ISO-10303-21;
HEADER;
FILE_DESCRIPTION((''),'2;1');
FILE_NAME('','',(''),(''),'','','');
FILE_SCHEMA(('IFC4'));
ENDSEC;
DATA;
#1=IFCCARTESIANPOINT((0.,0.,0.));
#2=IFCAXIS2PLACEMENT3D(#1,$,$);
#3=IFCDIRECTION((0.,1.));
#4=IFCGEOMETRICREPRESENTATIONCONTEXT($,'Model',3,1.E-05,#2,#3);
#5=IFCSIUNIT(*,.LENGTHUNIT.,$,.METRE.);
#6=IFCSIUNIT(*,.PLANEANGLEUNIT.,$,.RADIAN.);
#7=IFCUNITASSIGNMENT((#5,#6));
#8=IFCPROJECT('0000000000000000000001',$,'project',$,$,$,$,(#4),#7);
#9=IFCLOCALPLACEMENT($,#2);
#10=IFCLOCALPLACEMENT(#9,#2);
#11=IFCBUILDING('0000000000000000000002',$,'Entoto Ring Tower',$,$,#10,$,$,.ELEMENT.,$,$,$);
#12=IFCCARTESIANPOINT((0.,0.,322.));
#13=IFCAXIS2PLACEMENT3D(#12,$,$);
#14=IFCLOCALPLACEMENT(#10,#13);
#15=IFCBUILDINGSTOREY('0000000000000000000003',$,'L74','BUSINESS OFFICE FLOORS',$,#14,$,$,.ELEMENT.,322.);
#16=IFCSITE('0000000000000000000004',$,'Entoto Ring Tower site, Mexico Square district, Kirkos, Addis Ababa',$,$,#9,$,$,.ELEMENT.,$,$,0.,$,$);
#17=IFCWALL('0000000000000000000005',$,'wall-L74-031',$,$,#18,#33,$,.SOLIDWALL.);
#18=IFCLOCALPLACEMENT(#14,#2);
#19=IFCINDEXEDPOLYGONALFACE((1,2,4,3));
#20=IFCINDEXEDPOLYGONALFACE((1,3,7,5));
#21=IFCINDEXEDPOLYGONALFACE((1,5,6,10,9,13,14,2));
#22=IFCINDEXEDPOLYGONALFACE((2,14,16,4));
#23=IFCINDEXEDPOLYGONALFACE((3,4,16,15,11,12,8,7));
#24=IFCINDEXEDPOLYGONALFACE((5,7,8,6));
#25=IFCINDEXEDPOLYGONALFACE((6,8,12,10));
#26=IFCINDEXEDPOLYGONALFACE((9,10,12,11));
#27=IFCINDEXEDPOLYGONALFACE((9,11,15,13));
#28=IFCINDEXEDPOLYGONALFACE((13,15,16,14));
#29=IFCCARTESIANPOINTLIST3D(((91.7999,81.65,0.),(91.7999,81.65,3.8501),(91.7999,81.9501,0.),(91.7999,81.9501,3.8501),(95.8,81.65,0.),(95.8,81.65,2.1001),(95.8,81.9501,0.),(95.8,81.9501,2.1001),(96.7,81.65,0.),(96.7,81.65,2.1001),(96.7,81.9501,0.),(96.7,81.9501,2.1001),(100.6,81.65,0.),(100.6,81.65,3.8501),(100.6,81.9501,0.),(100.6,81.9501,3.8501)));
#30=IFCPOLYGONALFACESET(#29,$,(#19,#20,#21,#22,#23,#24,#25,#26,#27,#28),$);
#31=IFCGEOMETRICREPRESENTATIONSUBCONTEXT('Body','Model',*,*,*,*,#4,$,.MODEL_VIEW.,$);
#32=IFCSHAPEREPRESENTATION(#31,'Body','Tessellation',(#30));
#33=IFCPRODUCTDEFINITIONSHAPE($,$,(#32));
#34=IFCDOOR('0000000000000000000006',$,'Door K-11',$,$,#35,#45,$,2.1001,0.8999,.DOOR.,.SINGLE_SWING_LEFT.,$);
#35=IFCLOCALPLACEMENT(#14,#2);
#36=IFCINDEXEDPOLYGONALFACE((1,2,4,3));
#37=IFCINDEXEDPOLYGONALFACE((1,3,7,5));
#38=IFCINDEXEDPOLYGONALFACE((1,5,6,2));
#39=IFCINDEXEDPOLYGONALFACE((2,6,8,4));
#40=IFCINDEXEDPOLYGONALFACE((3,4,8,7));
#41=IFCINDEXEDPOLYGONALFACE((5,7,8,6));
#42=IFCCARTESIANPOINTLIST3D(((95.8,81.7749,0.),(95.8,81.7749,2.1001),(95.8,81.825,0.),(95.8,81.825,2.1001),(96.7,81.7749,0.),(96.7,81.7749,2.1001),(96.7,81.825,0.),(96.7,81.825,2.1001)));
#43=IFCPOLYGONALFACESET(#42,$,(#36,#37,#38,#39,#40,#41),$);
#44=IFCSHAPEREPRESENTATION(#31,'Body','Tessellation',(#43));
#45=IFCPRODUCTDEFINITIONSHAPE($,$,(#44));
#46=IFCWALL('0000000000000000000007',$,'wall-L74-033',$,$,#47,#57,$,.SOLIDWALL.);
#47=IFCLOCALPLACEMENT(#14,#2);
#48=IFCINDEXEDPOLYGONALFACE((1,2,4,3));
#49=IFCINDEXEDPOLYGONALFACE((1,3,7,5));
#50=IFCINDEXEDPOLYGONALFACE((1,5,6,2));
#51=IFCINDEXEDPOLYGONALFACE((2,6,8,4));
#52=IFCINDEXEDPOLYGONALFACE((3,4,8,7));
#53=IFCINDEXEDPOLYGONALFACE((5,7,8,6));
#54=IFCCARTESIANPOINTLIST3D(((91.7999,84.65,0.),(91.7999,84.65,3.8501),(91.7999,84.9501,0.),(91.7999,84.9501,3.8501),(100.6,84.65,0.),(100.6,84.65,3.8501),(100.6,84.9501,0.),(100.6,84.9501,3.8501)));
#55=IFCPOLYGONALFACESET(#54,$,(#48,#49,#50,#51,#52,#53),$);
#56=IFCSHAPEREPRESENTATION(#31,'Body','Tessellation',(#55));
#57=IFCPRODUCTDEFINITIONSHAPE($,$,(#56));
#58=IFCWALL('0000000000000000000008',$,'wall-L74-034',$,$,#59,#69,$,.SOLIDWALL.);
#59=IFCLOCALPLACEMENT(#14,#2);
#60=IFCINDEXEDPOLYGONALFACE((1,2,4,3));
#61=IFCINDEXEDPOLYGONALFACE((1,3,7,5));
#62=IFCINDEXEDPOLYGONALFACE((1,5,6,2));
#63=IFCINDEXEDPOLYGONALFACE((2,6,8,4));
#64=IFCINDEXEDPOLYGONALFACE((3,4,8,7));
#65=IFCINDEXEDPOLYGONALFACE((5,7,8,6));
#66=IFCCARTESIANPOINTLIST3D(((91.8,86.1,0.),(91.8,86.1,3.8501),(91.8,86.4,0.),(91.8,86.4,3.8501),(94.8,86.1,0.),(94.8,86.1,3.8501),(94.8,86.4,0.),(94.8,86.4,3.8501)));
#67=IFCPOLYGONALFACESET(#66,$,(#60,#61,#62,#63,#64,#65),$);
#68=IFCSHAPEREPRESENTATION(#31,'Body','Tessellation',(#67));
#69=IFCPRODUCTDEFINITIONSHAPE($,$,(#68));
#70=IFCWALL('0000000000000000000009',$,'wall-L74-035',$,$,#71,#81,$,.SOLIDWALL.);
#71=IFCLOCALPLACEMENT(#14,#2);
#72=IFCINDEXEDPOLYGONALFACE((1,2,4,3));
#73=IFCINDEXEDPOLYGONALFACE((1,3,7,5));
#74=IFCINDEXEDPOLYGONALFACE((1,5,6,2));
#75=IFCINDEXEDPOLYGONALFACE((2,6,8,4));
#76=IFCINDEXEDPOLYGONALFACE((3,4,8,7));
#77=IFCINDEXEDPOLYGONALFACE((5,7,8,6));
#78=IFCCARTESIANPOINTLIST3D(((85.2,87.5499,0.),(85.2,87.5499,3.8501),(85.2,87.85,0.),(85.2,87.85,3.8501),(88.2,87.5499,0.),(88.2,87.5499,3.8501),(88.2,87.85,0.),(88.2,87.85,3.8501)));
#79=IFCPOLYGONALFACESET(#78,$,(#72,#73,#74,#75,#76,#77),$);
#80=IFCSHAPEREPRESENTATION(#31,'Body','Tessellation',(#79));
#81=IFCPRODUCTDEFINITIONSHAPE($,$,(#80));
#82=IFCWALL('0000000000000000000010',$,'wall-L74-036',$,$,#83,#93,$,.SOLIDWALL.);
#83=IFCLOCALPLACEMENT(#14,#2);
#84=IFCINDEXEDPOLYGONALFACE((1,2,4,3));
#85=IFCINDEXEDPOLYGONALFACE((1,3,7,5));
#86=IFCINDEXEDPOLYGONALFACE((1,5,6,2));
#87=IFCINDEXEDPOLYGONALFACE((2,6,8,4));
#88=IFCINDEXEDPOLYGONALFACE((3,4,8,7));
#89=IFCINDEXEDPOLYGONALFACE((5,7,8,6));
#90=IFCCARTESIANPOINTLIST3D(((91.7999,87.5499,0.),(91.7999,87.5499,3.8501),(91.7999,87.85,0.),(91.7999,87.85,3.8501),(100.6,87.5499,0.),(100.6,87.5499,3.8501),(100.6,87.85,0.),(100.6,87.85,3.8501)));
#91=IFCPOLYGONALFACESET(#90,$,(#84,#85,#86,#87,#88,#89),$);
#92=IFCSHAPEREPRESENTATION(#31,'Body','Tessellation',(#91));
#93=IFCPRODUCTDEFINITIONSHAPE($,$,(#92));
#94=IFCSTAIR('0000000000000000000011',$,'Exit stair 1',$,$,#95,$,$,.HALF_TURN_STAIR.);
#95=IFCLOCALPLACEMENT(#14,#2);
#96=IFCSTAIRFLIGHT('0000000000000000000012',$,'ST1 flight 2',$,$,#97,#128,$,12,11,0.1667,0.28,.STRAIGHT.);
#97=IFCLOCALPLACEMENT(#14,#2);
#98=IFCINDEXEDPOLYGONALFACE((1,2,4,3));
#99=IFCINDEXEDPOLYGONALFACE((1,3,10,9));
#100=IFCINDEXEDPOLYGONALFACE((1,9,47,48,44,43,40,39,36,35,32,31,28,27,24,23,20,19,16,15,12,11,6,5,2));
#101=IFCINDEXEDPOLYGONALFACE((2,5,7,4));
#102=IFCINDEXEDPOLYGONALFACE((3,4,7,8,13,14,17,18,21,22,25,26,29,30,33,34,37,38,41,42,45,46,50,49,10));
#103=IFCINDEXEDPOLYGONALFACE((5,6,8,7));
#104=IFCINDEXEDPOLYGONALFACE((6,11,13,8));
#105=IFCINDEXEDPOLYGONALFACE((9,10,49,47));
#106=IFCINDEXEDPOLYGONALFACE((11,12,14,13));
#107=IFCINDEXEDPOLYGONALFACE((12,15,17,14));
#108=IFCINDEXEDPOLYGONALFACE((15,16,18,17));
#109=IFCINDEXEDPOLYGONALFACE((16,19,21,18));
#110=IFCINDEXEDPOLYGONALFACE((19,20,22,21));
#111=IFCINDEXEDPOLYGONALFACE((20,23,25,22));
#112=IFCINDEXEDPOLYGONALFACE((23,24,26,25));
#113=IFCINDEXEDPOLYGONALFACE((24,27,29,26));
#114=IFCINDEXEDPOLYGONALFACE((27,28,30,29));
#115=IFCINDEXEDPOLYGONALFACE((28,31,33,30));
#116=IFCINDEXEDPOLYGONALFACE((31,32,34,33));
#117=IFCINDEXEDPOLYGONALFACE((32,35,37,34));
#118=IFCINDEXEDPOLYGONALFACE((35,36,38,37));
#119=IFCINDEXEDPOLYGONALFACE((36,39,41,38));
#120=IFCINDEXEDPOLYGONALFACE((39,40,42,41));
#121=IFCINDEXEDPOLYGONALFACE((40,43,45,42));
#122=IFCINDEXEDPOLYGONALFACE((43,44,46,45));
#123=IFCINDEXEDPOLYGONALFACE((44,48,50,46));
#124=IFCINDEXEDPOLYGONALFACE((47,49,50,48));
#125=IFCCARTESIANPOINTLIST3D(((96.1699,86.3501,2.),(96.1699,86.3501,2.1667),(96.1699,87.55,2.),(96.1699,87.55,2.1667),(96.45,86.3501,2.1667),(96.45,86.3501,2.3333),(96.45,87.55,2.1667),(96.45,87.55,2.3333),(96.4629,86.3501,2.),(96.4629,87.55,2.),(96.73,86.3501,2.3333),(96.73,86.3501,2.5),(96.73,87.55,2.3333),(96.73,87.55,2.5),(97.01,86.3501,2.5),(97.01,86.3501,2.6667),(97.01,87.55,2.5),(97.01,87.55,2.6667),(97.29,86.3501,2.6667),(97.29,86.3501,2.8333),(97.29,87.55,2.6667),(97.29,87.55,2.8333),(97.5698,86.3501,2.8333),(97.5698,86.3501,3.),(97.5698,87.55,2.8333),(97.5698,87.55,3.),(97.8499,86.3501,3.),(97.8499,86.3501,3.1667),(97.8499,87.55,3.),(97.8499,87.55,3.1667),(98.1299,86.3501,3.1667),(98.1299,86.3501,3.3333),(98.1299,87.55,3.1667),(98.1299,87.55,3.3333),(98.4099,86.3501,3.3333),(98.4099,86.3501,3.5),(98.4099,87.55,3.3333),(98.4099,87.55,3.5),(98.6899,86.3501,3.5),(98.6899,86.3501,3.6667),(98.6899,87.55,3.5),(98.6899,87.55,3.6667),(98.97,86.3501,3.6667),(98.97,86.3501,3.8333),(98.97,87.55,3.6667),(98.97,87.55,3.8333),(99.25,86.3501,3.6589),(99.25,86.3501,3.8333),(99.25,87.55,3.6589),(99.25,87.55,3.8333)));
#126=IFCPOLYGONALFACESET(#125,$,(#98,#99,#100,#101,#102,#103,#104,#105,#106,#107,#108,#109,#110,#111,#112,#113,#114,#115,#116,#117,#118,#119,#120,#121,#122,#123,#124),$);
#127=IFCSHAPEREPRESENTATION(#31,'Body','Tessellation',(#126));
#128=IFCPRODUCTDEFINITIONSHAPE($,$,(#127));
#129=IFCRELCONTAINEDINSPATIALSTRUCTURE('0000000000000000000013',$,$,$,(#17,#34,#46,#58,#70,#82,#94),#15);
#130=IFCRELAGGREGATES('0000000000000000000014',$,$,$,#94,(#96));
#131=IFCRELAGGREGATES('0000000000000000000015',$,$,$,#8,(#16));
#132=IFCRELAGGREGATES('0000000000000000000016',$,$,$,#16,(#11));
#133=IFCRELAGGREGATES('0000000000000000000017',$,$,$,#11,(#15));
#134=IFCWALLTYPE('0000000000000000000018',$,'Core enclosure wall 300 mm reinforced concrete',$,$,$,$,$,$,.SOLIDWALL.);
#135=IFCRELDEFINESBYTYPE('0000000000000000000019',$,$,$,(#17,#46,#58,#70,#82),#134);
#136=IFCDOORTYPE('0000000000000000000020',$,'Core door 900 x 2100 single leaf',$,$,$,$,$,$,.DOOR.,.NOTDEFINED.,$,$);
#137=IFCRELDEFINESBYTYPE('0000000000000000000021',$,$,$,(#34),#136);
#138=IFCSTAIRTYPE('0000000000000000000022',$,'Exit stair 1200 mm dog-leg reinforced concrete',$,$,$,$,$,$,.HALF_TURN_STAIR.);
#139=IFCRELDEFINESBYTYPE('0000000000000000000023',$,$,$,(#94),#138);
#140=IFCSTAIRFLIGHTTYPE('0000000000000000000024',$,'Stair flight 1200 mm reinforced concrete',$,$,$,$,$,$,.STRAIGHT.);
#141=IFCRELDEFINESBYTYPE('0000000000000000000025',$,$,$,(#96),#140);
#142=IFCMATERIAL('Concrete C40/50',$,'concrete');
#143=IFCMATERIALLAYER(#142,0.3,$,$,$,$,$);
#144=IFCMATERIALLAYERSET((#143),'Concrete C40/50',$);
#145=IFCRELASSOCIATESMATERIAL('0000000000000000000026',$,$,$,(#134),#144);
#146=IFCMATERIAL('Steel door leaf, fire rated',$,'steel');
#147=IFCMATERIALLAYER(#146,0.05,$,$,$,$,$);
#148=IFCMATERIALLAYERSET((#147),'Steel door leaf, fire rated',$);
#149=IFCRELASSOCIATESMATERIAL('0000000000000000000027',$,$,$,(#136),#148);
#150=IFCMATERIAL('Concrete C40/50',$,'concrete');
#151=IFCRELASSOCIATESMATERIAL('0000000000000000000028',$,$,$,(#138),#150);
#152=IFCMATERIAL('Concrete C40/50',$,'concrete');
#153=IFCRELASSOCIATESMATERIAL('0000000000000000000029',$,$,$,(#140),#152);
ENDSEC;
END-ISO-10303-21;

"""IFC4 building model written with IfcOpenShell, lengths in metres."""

from ifc_helpers import new_model, si_unit, direction, frame, frame_2d, origin, place, context, subcontext, project, spatial, polyline, rectangle, outline, extrude, material, layer, layer_set, type_object, element, fill, aggregate, save


model = new_model("IFC4")

# Units and contexts
model_context = context("Model", 3, precision=1e-05, world=origin(), true_north=direction((0.0, 1.0)))
body_context = subcontext(model_context, "Body", "Model", "MODEL_VIEW")
ifc_project = project(units=[si_unit("LENGTHUNIT", "METRE"), si_unit("PLANEANGLEUNIT", "RADIAN")], contexts=[model_context])

# Site, building, storey
site_placement = place(None, origin())
site = spatial("IfcSite", under=ifc_project, at=site_placement, Name="Entoto Ring Tower site, Mexico Square district, Kirkos, Addis Ababa", CompositionType="ELEMENT", RefElevation=0.0)
building_placement = place(site_placement, origin())
building = spatial("IfcBuilding", under=site, at=building_placement, Name="Entoto Ring Tower", CompositionType="ELEMENT")
storey_placement = place(building_placement, frame((0.0, 0.0, 322.0)))
storey = spatial("IfcBuildingStorey", under=building, at=storey_placement, Name="L74", Description="BUSINESS OFFICE FLOORS", CompositionType="ELEMENT", Elevation=322.0)

# Shared definitions
ifc_material_1 = material(Name="Concrete C40/50", Category="concrete")
ifc_layer_1 = layer(ifc_material_1, 0.3)
ifc_layer_set_1 = layer_set([ifc_layer_1], Name="Concrete C40/50")
wall_type = type_object("IfcWallType", Name="Core enclosure wall 300 mm reinforced concrete", PredefinedType="SOLIDWALL", material=ifc_layer_set_1)

# Shared definitions
ifc_material_2 = material(Name="Steel door leaf, fire rated", Category="steel")
ifc_layer_2 = layer(ifc_material_2, 0.05)
ifc_layer_set_2 = layer_set([ifc_layer_2], Name="Steel door leaf, fire rated")
door_type_1 = type_object("IfcDoorType", Name="Core door 900 x 2100 single leaf", OperationType="NOTDEFINED", PredefinedType="DOOR", material=ifc_layer_set_2)

# Wall, opening, door
wall_1_placement = place(storey_placement, frame((91.8, 81.8, 0.0), z_axis=(0.0, 0.0, 1.0), x_axis=(1.0, 0.0, 0.0)))
wall_1 = element("IfcWall", 1, at=wall_1_placement, inside=storey, type_object=wall_type, Name="wall-L74-031", PredefinedType="SOLIDWALL", context=body_context, shape_type="SweptSolid", body=[
    extrude(rectangle(XDim=8.8, YDim=0.3, at=frame_2d((4.3999, 0.0))), origin(), (0.0, 0.0, 1.0), 3.8501),
])
opening_1_placement = place(wall_1_placement, frame((4.0, 0.0, 0.0)))
opening_1 = element("IfcOpeningElement", 2, at=opening_1_placement, cuts=wall_1, PredefinedType="OPENING", context=body_context, shape_type="SweptSolid", body=[
    extrude(rectangle(XDim=0.8999, YDim=2.1001, at=frame_2d((0.45, 1.05))), frame((0.0, 0.1602, 0.0), z_axis=(0.0, -1.0, 0.0), x_axis=(1.0, 0.0, 0.0)), (0.0, 0.0, 1.0), 0.3201),
])
door_1_placement = place(opening_1_placement, origin())
door_1 = element("IfcDoor", 3, at=door_1_placement, inside=storey, type_object=door_type_1, Name="Door K-11", OperationType="SINGLE_SWING_LEFT", OverallHeight=2.1001, OverallWidth=0.8999, PredefinedType="DOOR", context=body_context, shape_type="SweptSolid", body=[
    extrude(rectangle(XDim=0.8999, YDim=2.1001, at=frame_2d((0.45, 1.05))), frame((0.0, 0.0249, 0.0), z_axis=(0.0, -1.0, 0.0), x_axis=(1.0, 0.0, 0.0)), (0.0, 0.0, 1.0), 0.05),
])
fill(opening_1, door_1)

# Walls
wall_2_placement = place(storey_placement, frame((91.8, 84.8, 0.0), z_axis=(0.0, 0.0, 1.0), x_axis=(1.0, 0.0, 0.0)))
element("IfcWall", 4, at=wall_2_placement, inside=storey, type_object=wall_type, Name="wall-L74-033", PredefinedType="SOLIDWALL", context=body_context, shape_type="SweptSolid", body=[
    extrude(rectangle(XDim=8.8, YDim=0.3, at=frame_2d((4.3999, 0.0))), origin(), (0.0, 0.0, 1.0), 3.8501),
])
for number, where, z_axis, x_axis, name in (
    (5, (91.8, 86.25, 0.0), (0.0, 0.0, 1.0), (1.0, 0.0, 0.0), "wall-L74-034"),
    (6, (85.2, 87.7, 0.0), (0.0, 0.0, 1.0), (1.0, 0.0, 0.0), "wall-L74-035"),
):
    element("IfcWall", number, at=place(storey_placement, frame(where, z_axis=z_axis, x_axis=x_axis)), inside=storey, type_object=wall_type, Name=name, PredefinedType="SOLIDWALL", context=body_context, shape_type="SweptSolid", body=[
        extrude(rectangle(XDim=3.0, YDim=0.3, at=frame_2d((1.5, 0.0))), origin(), (0.0, 0.0, 1.0), 3.8501),
    ])
wall_3_placement = place(storey_placement, frame((91.8, 87.7, 0.0), z_axis=(0.0, 0.0, 1.0), x_axis=(1.0, 0.0, 0.0)))
element("IfcWall", 7, at=wall_3_placement, inside=storey, type_object=wall_type, Name="wall-L74-036", PredefinedType="SOLIDWALL", context=body_context, shape_type="SweptSolid", body=[
    extrude(rectangle(XDim=8.8, YDim=0.3, at=frame_2d((4.3999, 0.0))), origin(), (0.0, 0.0, 1.0), 3.8501),
])

# Stair, stair flight
ifc_material_3 = material(Name="Concrete C40/50", Category="concrete")
stair_type = type_object("IfcStairType", Name="Exit stair 1200 mm dog-leg reinforced concrete", PredefinedType="HALF_TURN_STAIR", material=ifc_material_3)
stair_placement = place(storey_placement, origin())
stair = element("IfcStair", 8, at=stair_placement, inside=storey, type_object=stair_type, Name="Exit stair 1", PredefinedType="HALF_TURN_STAIR")
ifc_material_4 = material(Name="Concrete C40/50", Category="concrete")
stair_flight_type = type_object("IfcStairFlightType", Name="Stair flight 1200 mm reinforced concrete", PredefinedType="STRAIGHT", material=ifc_material_4)
stair_flight_placement = place(storey_placement, frame((96.1699, 86.95, 2.0), z_axis=(0.0, 0.0, 1.0), x_axis=(1.0, 0.0, 0.0)))
stair_flight = element("IfcStairFlight", 9, at=stair_flight_placement, type_object=stair_flight_type, Name="ST1 flight 2", NumberOfRisers=12, NumberOfTreads=11, PredefinedType="STRAIGHT", RiserHeight=0.1667, TreadLength=0.28, context=body_context, shape_type="SweptSolid", body=[
    extrude(outline(polyline([(0.0, 0.0), (0.0, 0.1667), (0.28, 0.1667), (0.28, 0.3333), (0.5601, 0.3333), (0.5601, 0.5), (0.8401, 0.5), (0.8401, 0.6667), (1.1201, 0.6667), (1.1201, 0.8333), (1.3999, 0.8333), (1.3999, 1.0), (1.6799, 1.0), (1.6799, 1.1667), (1.96, 1.1667), (1.96, 1.3333), (2.24, 1.3333), (2.24, 1.5), (2.52, 1.5), (2.52, 1.6667), (2.8, 1.6667), (2.8, 1.8333), (3.0801, 1.8333), (3.0801, 2.0), (3.0801, 1.6589), (0.293, 0.0), (0.0, 0.0)])), frame((0.0, 0.6001, 0.0), z_axis=(0.0, -1.0, 0.0), x_axis=(1.0, 0.0, 0.0)), (0.0, 0.0, 1.0), 1.2),
])
aggregate(stair, [stair_flight])

save(model, "model.ifc")
